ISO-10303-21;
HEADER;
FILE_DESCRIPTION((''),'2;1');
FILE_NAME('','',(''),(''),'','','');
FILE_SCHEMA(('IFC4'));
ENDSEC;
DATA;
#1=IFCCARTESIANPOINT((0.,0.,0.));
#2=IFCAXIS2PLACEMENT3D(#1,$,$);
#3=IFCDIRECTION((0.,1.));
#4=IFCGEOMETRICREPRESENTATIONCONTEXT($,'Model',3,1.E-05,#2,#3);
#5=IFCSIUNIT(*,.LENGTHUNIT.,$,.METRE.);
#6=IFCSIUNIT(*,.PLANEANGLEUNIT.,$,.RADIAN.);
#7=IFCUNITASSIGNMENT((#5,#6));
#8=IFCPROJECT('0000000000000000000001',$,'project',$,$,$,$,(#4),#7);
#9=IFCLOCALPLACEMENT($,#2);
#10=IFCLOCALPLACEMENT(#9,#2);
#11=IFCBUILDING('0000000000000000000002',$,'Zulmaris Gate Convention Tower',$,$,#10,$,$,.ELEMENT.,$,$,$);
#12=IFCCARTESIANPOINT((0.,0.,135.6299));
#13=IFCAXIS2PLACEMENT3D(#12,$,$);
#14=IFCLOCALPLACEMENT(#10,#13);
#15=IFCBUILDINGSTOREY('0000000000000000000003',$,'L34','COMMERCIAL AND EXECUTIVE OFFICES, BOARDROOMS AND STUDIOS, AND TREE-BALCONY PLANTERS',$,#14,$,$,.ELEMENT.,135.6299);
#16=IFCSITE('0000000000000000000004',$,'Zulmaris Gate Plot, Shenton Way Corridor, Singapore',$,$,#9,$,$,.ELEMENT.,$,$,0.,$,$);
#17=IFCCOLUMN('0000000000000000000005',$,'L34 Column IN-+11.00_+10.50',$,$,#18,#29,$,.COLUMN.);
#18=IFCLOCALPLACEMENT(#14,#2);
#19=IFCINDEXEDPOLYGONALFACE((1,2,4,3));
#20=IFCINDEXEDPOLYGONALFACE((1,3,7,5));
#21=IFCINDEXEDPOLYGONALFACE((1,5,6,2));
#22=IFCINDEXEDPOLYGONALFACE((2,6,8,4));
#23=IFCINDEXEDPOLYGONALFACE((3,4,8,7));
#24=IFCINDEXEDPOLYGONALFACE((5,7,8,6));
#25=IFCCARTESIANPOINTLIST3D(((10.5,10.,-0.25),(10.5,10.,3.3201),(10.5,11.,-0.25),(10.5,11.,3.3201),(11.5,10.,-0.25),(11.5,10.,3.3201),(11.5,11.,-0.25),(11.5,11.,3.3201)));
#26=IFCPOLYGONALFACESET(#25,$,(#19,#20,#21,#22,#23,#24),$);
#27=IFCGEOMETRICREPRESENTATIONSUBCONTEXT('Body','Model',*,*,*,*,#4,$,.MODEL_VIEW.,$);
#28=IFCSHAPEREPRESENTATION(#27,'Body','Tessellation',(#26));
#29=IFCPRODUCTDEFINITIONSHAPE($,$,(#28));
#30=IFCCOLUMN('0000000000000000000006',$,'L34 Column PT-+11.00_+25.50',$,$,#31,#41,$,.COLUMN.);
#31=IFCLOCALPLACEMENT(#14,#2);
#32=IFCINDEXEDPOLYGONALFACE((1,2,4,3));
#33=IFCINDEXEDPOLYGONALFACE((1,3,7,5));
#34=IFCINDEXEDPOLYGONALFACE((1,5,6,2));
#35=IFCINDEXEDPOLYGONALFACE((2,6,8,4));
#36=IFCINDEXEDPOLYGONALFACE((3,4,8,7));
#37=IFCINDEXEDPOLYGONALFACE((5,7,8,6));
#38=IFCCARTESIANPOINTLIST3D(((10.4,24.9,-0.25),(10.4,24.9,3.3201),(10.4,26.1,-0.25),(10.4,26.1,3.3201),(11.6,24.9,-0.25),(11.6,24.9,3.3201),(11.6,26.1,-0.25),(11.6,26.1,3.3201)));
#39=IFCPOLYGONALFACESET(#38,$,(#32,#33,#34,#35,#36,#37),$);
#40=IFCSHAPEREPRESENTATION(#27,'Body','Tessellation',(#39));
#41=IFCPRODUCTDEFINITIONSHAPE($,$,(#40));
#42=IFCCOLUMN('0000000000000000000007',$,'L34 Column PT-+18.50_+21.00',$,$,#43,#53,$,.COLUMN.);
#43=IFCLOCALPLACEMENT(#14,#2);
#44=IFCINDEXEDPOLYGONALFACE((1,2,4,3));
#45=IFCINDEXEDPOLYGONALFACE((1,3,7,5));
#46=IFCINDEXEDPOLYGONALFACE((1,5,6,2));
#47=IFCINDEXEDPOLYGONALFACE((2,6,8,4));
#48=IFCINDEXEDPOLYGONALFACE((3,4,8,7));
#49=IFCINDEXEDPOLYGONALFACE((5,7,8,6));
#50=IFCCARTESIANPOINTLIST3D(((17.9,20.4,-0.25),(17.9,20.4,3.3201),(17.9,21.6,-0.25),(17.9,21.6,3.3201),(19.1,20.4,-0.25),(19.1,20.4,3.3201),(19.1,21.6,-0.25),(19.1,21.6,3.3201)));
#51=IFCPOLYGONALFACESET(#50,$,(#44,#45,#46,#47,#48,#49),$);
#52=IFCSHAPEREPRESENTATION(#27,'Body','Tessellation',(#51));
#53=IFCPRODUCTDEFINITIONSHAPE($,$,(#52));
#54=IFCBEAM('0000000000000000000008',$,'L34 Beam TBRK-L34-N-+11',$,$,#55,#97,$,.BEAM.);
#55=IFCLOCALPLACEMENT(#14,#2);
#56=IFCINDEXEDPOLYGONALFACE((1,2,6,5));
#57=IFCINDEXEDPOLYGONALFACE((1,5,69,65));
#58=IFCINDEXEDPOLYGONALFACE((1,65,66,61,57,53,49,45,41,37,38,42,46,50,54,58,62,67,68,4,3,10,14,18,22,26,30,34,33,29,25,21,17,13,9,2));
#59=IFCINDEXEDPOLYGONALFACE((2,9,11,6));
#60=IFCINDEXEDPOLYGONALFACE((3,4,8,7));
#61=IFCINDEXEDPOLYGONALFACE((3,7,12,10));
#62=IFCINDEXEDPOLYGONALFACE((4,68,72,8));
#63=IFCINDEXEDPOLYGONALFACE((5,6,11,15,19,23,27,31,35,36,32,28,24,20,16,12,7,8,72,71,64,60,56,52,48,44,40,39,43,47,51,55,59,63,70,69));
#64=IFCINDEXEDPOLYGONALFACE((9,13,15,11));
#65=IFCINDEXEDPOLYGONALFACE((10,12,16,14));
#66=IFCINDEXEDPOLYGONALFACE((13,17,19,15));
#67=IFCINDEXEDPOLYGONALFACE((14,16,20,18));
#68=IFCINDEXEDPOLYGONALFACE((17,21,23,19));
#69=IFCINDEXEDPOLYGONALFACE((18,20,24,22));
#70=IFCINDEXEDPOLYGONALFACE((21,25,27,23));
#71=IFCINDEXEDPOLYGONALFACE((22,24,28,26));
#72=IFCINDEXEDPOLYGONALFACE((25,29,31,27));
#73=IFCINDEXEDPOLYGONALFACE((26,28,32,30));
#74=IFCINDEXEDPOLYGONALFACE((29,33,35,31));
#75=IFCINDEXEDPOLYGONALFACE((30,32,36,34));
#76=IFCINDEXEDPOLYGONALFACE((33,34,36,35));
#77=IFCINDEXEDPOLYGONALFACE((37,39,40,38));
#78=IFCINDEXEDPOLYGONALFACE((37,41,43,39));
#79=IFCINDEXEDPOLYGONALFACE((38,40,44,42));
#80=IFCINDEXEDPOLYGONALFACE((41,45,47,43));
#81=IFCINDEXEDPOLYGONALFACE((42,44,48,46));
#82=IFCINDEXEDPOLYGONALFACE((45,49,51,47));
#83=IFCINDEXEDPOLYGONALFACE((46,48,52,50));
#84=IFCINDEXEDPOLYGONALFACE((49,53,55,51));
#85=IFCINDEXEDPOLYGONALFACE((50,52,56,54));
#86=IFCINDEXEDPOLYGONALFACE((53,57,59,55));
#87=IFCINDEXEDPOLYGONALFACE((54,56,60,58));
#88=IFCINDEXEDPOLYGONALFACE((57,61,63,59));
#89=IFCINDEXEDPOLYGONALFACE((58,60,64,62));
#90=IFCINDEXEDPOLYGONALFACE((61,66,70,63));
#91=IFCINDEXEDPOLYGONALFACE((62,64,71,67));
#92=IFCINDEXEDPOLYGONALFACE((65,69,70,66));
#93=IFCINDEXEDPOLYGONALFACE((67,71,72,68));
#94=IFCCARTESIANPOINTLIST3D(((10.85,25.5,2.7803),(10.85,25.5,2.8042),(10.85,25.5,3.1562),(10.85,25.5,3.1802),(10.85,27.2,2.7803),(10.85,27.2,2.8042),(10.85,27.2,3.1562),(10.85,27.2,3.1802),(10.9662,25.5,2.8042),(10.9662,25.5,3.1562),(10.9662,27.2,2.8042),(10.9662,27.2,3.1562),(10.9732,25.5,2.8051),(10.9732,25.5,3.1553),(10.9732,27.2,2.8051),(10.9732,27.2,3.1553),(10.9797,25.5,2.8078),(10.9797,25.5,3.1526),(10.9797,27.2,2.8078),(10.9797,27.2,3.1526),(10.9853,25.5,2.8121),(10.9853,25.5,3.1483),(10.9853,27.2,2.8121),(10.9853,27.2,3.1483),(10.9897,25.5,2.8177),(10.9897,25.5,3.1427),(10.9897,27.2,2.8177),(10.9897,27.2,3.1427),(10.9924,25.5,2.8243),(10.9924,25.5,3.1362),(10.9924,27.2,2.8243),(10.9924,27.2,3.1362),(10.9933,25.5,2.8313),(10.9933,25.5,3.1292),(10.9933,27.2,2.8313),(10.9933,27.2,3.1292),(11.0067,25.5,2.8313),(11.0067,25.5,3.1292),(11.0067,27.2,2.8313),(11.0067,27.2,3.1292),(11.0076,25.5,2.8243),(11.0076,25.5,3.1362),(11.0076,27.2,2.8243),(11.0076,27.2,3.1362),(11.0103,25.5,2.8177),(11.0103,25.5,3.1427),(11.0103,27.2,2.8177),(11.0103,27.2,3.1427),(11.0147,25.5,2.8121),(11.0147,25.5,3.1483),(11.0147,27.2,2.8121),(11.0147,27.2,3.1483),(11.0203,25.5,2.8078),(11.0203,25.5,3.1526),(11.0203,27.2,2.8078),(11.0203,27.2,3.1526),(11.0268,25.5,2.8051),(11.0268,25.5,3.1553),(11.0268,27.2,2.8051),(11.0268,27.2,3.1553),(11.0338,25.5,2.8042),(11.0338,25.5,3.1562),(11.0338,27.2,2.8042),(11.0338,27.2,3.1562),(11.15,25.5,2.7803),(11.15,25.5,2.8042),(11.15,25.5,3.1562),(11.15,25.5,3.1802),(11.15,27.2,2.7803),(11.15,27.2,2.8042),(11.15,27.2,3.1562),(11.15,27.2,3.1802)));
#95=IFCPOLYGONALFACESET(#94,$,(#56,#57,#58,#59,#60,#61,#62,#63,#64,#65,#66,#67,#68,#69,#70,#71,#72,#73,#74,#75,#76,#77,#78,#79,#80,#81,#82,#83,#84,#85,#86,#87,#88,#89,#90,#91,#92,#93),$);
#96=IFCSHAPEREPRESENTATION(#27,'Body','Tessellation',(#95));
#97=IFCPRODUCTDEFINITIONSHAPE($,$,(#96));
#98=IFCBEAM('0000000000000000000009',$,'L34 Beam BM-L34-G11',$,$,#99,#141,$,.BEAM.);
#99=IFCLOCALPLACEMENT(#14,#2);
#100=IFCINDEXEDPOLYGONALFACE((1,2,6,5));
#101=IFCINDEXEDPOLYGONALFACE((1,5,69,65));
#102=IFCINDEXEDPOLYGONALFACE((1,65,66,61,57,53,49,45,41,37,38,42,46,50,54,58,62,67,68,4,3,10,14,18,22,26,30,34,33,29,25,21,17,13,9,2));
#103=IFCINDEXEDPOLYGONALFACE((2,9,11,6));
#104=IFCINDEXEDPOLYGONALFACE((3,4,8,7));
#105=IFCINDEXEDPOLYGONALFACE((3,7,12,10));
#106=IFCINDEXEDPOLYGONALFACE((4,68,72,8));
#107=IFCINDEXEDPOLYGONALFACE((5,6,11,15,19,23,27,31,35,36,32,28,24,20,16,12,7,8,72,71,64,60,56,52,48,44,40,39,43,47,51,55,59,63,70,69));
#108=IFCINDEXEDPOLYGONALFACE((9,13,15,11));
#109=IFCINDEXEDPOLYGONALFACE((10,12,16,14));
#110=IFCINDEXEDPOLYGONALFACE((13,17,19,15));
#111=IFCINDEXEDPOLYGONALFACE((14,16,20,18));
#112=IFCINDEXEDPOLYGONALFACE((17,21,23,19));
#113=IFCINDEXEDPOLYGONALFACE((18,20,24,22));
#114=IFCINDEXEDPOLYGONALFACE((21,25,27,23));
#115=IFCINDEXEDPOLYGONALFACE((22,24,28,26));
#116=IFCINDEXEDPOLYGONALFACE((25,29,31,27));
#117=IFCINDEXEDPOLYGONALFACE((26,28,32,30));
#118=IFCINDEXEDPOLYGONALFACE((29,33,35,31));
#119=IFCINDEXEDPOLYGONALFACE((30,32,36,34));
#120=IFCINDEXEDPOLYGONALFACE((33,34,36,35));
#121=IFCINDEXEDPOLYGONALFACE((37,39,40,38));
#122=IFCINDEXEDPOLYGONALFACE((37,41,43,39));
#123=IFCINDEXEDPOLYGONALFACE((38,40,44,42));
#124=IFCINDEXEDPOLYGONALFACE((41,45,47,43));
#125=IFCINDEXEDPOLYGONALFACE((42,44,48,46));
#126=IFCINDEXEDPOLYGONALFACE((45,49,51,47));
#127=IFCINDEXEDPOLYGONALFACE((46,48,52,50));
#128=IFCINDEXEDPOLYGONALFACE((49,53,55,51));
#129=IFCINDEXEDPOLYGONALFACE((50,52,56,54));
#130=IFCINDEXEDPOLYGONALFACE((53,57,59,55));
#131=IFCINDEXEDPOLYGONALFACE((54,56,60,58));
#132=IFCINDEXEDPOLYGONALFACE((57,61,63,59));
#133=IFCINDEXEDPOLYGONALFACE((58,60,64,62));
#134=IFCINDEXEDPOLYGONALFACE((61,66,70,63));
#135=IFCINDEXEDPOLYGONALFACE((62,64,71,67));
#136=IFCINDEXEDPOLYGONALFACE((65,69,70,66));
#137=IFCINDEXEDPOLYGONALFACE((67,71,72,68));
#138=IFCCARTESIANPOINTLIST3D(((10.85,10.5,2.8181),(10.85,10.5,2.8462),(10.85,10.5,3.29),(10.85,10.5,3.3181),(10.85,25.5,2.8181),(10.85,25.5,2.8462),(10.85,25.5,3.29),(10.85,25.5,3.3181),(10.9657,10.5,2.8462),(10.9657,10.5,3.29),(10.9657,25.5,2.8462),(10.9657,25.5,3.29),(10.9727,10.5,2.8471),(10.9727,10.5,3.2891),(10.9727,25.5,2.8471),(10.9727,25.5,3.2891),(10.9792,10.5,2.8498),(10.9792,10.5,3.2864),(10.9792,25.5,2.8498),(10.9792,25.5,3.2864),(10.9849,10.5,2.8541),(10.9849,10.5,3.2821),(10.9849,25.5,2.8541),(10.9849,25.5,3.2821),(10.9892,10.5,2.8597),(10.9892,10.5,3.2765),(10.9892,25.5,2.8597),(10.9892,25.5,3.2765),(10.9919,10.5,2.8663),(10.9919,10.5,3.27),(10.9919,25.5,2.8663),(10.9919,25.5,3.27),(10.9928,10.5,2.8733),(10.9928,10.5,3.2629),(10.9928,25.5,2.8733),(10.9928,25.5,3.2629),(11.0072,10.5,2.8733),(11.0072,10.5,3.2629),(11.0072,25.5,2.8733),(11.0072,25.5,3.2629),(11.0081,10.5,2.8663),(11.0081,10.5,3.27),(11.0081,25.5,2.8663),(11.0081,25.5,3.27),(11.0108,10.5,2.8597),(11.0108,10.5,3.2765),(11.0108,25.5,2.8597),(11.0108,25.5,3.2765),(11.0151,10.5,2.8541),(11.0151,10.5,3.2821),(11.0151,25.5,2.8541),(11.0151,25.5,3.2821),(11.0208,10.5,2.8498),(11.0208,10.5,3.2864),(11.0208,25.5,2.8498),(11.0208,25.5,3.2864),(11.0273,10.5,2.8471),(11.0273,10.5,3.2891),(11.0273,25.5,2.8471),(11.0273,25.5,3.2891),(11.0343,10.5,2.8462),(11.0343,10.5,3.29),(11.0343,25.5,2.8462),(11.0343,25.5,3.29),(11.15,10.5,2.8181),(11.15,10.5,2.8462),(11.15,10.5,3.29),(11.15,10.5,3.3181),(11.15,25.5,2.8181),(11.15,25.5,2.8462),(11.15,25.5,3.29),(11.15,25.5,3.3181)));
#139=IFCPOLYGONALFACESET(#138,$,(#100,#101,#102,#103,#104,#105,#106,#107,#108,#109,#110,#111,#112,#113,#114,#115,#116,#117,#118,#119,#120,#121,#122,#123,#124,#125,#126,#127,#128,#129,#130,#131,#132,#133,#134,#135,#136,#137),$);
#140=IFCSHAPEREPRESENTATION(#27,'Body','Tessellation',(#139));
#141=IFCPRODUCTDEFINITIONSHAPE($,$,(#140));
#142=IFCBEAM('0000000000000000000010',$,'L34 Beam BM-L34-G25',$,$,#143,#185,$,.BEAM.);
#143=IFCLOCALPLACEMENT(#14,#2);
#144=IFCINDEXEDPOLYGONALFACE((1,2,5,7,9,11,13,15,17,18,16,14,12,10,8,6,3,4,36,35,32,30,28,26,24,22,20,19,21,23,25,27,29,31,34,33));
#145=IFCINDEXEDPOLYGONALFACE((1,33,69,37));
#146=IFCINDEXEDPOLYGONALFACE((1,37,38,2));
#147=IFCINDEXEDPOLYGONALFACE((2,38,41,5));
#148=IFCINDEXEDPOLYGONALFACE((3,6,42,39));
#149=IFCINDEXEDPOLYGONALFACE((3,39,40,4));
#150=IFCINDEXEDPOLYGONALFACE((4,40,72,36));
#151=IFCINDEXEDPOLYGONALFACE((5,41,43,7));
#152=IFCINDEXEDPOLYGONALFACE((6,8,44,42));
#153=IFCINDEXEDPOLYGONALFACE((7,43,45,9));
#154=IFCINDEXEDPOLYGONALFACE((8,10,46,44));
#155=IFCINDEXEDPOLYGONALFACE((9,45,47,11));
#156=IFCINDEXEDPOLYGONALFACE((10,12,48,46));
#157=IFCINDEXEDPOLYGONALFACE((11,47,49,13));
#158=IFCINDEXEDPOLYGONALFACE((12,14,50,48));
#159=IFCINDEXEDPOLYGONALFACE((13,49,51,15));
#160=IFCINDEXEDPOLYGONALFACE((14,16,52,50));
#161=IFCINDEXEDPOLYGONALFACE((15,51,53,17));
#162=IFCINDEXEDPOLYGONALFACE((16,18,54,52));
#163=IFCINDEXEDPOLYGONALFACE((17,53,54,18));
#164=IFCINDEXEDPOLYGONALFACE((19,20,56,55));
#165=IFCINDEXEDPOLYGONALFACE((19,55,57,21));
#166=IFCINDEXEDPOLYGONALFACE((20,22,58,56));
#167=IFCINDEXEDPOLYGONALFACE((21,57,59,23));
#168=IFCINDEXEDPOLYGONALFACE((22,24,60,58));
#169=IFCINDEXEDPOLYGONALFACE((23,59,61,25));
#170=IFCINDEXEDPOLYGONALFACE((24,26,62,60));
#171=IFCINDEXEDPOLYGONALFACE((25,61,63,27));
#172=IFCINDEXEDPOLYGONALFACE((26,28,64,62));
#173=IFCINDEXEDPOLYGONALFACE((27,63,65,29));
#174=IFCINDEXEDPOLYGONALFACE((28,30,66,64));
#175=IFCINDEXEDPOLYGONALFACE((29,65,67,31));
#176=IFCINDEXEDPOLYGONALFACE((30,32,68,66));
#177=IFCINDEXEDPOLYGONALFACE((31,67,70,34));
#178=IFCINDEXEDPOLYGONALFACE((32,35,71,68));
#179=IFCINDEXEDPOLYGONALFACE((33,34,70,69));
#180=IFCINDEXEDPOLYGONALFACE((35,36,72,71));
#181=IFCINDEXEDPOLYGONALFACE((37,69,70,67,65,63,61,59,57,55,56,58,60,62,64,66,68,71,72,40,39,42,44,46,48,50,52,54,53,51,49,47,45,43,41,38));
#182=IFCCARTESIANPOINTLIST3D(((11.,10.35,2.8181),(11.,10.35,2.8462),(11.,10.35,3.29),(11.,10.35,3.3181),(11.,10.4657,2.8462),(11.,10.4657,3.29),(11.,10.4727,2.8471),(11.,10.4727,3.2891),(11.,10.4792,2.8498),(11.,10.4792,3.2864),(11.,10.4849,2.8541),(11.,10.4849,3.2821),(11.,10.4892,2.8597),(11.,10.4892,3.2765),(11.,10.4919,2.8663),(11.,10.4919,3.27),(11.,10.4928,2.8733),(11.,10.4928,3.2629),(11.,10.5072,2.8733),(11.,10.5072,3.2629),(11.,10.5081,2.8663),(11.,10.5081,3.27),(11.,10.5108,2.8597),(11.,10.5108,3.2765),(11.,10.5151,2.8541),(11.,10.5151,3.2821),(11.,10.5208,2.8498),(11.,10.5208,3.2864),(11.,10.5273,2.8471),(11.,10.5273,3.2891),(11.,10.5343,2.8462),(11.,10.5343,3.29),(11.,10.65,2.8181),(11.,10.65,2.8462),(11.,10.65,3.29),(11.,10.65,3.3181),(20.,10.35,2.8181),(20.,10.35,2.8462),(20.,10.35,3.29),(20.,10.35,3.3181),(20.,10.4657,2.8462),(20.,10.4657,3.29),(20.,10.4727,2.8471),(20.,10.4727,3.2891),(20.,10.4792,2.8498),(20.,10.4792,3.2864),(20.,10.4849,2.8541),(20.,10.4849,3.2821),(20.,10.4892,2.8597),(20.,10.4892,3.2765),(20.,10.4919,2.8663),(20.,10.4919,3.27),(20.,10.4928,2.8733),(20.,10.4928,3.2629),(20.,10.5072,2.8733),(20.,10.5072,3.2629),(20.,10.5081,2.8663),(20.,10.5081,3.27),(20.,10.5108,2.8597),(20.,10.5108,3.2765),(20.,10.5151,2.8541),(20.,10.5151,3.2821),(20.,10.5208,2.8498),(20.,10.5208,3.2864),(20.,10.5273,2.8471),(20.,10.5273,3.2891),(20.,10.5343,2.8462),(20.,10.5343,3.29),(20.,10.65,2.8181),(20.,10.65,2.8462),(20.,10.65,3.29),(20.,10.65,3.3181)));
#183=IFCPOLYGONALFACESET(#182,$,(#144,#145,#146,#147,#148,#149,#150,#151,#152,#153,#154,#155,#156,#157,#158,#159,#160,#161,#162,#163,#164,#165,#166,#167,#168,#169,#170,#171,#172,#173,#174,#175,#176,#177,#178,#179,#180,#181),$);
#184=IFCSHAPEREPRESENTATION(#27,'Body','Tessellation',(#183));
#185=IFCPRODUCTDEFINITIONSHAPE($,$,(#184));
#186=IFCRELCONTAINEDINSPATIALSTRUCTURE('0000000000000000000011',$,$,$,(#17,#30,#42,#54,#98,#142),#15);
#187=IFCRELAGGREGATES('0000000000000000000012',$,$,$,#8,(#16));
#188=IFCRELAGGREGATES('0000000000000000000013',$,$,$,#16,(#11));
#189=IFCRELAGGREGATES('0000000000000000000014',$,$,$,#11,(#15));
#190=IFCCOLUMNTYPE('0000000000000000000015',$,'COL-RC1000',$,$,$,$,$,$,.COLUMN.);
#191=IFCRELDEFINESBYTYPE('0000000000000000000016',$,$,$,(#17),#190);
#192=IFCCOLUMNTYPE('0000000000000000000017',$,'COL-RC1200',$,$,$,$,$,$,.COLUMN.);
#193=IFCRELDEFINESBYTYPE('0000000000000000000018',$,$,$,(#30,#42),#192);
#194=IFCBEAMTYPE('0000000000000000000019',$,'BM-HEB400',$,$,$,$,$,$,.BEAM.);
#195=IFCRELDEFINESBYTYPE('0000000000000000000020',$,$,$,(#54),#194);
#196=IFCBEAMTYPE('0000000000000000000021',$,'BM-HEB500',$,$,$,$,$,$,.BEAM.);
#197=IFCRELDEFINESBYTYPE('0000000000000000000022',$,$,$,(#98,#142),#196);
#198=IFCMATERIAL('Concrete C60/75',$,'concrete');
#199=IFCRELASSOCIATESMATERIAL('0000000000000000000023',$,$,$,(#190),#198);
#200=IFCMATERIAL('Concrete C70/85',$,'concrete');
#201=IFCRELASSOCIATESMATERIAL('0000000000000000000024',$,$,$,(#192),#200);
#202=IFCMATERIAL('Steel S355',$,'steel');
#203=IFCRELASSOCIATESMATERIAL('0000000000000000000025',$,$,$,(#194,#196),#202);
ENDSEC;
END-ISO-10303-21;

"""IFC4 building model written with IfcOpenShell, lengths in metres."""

from ifc_helpers import new_model, si_unit, direction, frame, origin, origin_2d, place, context, subcontext, project, spatial, rectangle, i_section, extrude, material, material_profile, profile_set, type_object, element, save


model = new_model("IFC4")

# Units and contexts
model_context = context("Model", 3, precision=1e-05, world=origin(), true_north=direction((0.0, 1.0)))
body_context = subcontext(model_context, "Body", "Model", "MODEL_VIEW")
ifc_project = project(units=[si_unit("LENGTHUNIT", "METRE"), si_unit("PLANEANGLEUNIT", "RADIAN")], contexts=[model_context])

# Site, building, storey
site_placement = place(None, origin())
site = spatial("IfcSite", under=ifc_project, at=site_placement, Name="Zulmaris Gate Plot, Shenton Way Corridor, Singapore", CompositionType="ELEMENT", RefElevation=0.0)
building_placement = place(site_placement, origin())
building = spatial("IfcBuilding", under=site, at=building_placement, Name="Zulmaris Gate Convention Tower", CompositionType="ELEMENT")
storey_placement = place(building_placement, frame((0.0, 0.0, 135.6299)))
storey = spatial("IfcBuildingStorey", under=building, at=storey_placement, Name="L34", Description="COMMERCIAL AND EXECUTIVE OFFICES, BOARDROOMS AND STUDIOS, AND TREE-BALCONY PLANTERS", CompositionType="ELEMENT", Elevation=135.6299)

# Columns
ifc_material_1 = material(Name="Concrete C60/75", Category="concrete")
ifc_material_profile_1 = material_profile(ifc_material_1, rectangle(XDim=1.0, YDim=1.0, at=origin_2d()), Name="RC COL 1000x1000")
ifc_profile_set_1 = profile_set([ifc_material_profile_1], Name="Concrete C60/75")
column_type_1 = type_object("IfcColumnType", Name="COL-RC1000", PredefinedType="COLUMN", material=ifc_profile_set_1)
column_placement = place(storey_placement, frame((11.0, 10.5, -0.25), z_axis=(0.0, 0.0, 1.0), x_axis=(1.0, 0.0, 0.0)))
element("IfcColumn", 1, at=column_placement, inside=storey, type_object=column_type_1, Name="L34 Column IN-+11.00_+10.50", PredefinedType="COLUMN", context=body_context, shape_type="SweptSolid", body=[
    extrude(rectangle(XDim=1.0, YDim=1.0, at=origin_2d()), origin(), (0.0, 0.0, 1.0), 3.5701),
])
ifc_material_2 = material(Name="Concrete C70/85", Category="concrete")
ifc_material_profile_2 = material_profile(ifc_material_2, rectangle(XDim=1.2, YDim=1.2, at=origin_2d()), Name="RC COL 1200x1200")
ifc_profile_set_2 = profile_set([ifc_material_profile_2], Name="Concrete C70/85")
column_type_2 = type_object("IfcColumnType", Name="COL-RC1200", PredefinedType="COLUMN", material=ifc_profile_set_2)
for number, where, z_axis, x_axis, name in (
    (2, (11.0, 25.5, -0.25), (0.0, 0.0, 1.0), (1.0, 0.0, 0.0), "L34 Column PT-+11.00_+25.50"),
    (3, (18.5, 21.0, -0.25), (0.0, 0.0, 1.0), (1.0, 0.0, 0.0), "L34 Column PT-+18.50_+21.00"),
):
    element("IfcColumn", number, at=place(storey_placement, frame(where, z_axis=z_axis, x_axis=x_axis)), inside=storey, type_object=column_type_2, Name=name, PredefinedType="COLUMN", context=body_context, shape_type="SweptSolid", body=[
        extrude(rectangle(XDim=1.2, YDim=1.2, at=origin_2d()), origin(), (0.0, 0.0, 1.0), 3.5701),
    ])

# Beams
ifc_material_3 = material(Name="Steel S355", Category="steel")
ifc_material_profile_3 = material_profile(ifc_material_3, i_section(OverallWidth=0.3, OverallDepth=0.3999, WebThickness=0.0134, FlangeThickness=0.0239, FilletRadius=0.0271, at=origin_2d()), Name="HEB 400")
ifc_profile_set_3 = profile_set([ifc_material_profile_3], Name="Steel S355")
beam_type_1 = type_object("IfcBeamType", Name="BM-HEB400", PredefinedType="BEAM", material=ifc_profile_set_3)
beam_1_placement = place(storey_placement, frame((11.0, 25.5, 2.9802), z_axis=(0.0, 1.0, 0.0), x_axis=(-1.0, 0.0, 0.0)))
element("IfcBeam", 4, at=beam_1_placement, inside=storey, type_object=beam_type_1, Name="L34 Beam TBRK-L34-N-+11", PredefinedType="BEAM", context=body_context, shape_type="SweptSolid", body=[
    extrude(i_section(OverallWidth=0.3, OverallDepth=0.3999, WebThickness=0.0134, FlangeThickness=0.0239, FilletRadius=0.0271, at=origin_2d()), origin(), (0.0, 0.0, 1.0), 1.7),
])
ifc_material_profile_4 = material_profile(ifc_material_3, i_section(OverallWidth=0.3, OverallDepth=0.5, WebThickness=0.0144, FlangeThickness=0.0281, FilletRadius=0.0271, at=origin_2d()), Name="HEB 500")
ifc_profile_set_4 = profile_set([ifc_material_profile_4], Name="Steel S355")
beam_type_2 = type_object("IfcBeamType", Name="BM-HEB500", PredefinedType="BEAM", material=ifc_profile_set_4)
beam_2_placement = place(storey_placement, frame((11.0, 10.5, 3.0681), z_axis=(0.0, 1.0, 0.0), x_axis=(-1.0, 0.0, 0.0)))
element("IfcBeam", 5, at=beam_2_placement, inside=storey, type_object=beam_type_2, Name="L34 Beam BM-L34-G11", PredefinedType="BEAM", context=body_context, shape_type="SweptSolid", body=[
    extrude(i_section(OverallWidth=0.3, OverallDepth=0.5, WebThickness=0.0144, FlangeThickness=0.0281, FilletRadius=0.0271, at=origin_2d()), origin(), (0.0, 0.0, 1.0), 15.0),
])
beam_3_placement = place(storey_placement, frame((11.0, 10.5, 3.0681), z_axis=(1.0, 0.0, 0.0), x_axis=(0.0, 1.0, 0.0)))
element("IfcBeam", 6, at=beam_3_placement, inside=storey, type_object=beam_type_2, Name="L34 Beam BM-L34-G25", PredefinedType="BEAM", context=body_context, shape_type="SweptSolid", body=[
    extrude(i_section(OverallWidth=0.3, OverallDepth=0.5, WebThickness=0.0144, FlangeThickness=0.0281, FilletRadius=0.0271, at=origin_2d()), origin(), (0.0, 0.0, 1.0), 9.0),
])

save(model, "model.ifc")
